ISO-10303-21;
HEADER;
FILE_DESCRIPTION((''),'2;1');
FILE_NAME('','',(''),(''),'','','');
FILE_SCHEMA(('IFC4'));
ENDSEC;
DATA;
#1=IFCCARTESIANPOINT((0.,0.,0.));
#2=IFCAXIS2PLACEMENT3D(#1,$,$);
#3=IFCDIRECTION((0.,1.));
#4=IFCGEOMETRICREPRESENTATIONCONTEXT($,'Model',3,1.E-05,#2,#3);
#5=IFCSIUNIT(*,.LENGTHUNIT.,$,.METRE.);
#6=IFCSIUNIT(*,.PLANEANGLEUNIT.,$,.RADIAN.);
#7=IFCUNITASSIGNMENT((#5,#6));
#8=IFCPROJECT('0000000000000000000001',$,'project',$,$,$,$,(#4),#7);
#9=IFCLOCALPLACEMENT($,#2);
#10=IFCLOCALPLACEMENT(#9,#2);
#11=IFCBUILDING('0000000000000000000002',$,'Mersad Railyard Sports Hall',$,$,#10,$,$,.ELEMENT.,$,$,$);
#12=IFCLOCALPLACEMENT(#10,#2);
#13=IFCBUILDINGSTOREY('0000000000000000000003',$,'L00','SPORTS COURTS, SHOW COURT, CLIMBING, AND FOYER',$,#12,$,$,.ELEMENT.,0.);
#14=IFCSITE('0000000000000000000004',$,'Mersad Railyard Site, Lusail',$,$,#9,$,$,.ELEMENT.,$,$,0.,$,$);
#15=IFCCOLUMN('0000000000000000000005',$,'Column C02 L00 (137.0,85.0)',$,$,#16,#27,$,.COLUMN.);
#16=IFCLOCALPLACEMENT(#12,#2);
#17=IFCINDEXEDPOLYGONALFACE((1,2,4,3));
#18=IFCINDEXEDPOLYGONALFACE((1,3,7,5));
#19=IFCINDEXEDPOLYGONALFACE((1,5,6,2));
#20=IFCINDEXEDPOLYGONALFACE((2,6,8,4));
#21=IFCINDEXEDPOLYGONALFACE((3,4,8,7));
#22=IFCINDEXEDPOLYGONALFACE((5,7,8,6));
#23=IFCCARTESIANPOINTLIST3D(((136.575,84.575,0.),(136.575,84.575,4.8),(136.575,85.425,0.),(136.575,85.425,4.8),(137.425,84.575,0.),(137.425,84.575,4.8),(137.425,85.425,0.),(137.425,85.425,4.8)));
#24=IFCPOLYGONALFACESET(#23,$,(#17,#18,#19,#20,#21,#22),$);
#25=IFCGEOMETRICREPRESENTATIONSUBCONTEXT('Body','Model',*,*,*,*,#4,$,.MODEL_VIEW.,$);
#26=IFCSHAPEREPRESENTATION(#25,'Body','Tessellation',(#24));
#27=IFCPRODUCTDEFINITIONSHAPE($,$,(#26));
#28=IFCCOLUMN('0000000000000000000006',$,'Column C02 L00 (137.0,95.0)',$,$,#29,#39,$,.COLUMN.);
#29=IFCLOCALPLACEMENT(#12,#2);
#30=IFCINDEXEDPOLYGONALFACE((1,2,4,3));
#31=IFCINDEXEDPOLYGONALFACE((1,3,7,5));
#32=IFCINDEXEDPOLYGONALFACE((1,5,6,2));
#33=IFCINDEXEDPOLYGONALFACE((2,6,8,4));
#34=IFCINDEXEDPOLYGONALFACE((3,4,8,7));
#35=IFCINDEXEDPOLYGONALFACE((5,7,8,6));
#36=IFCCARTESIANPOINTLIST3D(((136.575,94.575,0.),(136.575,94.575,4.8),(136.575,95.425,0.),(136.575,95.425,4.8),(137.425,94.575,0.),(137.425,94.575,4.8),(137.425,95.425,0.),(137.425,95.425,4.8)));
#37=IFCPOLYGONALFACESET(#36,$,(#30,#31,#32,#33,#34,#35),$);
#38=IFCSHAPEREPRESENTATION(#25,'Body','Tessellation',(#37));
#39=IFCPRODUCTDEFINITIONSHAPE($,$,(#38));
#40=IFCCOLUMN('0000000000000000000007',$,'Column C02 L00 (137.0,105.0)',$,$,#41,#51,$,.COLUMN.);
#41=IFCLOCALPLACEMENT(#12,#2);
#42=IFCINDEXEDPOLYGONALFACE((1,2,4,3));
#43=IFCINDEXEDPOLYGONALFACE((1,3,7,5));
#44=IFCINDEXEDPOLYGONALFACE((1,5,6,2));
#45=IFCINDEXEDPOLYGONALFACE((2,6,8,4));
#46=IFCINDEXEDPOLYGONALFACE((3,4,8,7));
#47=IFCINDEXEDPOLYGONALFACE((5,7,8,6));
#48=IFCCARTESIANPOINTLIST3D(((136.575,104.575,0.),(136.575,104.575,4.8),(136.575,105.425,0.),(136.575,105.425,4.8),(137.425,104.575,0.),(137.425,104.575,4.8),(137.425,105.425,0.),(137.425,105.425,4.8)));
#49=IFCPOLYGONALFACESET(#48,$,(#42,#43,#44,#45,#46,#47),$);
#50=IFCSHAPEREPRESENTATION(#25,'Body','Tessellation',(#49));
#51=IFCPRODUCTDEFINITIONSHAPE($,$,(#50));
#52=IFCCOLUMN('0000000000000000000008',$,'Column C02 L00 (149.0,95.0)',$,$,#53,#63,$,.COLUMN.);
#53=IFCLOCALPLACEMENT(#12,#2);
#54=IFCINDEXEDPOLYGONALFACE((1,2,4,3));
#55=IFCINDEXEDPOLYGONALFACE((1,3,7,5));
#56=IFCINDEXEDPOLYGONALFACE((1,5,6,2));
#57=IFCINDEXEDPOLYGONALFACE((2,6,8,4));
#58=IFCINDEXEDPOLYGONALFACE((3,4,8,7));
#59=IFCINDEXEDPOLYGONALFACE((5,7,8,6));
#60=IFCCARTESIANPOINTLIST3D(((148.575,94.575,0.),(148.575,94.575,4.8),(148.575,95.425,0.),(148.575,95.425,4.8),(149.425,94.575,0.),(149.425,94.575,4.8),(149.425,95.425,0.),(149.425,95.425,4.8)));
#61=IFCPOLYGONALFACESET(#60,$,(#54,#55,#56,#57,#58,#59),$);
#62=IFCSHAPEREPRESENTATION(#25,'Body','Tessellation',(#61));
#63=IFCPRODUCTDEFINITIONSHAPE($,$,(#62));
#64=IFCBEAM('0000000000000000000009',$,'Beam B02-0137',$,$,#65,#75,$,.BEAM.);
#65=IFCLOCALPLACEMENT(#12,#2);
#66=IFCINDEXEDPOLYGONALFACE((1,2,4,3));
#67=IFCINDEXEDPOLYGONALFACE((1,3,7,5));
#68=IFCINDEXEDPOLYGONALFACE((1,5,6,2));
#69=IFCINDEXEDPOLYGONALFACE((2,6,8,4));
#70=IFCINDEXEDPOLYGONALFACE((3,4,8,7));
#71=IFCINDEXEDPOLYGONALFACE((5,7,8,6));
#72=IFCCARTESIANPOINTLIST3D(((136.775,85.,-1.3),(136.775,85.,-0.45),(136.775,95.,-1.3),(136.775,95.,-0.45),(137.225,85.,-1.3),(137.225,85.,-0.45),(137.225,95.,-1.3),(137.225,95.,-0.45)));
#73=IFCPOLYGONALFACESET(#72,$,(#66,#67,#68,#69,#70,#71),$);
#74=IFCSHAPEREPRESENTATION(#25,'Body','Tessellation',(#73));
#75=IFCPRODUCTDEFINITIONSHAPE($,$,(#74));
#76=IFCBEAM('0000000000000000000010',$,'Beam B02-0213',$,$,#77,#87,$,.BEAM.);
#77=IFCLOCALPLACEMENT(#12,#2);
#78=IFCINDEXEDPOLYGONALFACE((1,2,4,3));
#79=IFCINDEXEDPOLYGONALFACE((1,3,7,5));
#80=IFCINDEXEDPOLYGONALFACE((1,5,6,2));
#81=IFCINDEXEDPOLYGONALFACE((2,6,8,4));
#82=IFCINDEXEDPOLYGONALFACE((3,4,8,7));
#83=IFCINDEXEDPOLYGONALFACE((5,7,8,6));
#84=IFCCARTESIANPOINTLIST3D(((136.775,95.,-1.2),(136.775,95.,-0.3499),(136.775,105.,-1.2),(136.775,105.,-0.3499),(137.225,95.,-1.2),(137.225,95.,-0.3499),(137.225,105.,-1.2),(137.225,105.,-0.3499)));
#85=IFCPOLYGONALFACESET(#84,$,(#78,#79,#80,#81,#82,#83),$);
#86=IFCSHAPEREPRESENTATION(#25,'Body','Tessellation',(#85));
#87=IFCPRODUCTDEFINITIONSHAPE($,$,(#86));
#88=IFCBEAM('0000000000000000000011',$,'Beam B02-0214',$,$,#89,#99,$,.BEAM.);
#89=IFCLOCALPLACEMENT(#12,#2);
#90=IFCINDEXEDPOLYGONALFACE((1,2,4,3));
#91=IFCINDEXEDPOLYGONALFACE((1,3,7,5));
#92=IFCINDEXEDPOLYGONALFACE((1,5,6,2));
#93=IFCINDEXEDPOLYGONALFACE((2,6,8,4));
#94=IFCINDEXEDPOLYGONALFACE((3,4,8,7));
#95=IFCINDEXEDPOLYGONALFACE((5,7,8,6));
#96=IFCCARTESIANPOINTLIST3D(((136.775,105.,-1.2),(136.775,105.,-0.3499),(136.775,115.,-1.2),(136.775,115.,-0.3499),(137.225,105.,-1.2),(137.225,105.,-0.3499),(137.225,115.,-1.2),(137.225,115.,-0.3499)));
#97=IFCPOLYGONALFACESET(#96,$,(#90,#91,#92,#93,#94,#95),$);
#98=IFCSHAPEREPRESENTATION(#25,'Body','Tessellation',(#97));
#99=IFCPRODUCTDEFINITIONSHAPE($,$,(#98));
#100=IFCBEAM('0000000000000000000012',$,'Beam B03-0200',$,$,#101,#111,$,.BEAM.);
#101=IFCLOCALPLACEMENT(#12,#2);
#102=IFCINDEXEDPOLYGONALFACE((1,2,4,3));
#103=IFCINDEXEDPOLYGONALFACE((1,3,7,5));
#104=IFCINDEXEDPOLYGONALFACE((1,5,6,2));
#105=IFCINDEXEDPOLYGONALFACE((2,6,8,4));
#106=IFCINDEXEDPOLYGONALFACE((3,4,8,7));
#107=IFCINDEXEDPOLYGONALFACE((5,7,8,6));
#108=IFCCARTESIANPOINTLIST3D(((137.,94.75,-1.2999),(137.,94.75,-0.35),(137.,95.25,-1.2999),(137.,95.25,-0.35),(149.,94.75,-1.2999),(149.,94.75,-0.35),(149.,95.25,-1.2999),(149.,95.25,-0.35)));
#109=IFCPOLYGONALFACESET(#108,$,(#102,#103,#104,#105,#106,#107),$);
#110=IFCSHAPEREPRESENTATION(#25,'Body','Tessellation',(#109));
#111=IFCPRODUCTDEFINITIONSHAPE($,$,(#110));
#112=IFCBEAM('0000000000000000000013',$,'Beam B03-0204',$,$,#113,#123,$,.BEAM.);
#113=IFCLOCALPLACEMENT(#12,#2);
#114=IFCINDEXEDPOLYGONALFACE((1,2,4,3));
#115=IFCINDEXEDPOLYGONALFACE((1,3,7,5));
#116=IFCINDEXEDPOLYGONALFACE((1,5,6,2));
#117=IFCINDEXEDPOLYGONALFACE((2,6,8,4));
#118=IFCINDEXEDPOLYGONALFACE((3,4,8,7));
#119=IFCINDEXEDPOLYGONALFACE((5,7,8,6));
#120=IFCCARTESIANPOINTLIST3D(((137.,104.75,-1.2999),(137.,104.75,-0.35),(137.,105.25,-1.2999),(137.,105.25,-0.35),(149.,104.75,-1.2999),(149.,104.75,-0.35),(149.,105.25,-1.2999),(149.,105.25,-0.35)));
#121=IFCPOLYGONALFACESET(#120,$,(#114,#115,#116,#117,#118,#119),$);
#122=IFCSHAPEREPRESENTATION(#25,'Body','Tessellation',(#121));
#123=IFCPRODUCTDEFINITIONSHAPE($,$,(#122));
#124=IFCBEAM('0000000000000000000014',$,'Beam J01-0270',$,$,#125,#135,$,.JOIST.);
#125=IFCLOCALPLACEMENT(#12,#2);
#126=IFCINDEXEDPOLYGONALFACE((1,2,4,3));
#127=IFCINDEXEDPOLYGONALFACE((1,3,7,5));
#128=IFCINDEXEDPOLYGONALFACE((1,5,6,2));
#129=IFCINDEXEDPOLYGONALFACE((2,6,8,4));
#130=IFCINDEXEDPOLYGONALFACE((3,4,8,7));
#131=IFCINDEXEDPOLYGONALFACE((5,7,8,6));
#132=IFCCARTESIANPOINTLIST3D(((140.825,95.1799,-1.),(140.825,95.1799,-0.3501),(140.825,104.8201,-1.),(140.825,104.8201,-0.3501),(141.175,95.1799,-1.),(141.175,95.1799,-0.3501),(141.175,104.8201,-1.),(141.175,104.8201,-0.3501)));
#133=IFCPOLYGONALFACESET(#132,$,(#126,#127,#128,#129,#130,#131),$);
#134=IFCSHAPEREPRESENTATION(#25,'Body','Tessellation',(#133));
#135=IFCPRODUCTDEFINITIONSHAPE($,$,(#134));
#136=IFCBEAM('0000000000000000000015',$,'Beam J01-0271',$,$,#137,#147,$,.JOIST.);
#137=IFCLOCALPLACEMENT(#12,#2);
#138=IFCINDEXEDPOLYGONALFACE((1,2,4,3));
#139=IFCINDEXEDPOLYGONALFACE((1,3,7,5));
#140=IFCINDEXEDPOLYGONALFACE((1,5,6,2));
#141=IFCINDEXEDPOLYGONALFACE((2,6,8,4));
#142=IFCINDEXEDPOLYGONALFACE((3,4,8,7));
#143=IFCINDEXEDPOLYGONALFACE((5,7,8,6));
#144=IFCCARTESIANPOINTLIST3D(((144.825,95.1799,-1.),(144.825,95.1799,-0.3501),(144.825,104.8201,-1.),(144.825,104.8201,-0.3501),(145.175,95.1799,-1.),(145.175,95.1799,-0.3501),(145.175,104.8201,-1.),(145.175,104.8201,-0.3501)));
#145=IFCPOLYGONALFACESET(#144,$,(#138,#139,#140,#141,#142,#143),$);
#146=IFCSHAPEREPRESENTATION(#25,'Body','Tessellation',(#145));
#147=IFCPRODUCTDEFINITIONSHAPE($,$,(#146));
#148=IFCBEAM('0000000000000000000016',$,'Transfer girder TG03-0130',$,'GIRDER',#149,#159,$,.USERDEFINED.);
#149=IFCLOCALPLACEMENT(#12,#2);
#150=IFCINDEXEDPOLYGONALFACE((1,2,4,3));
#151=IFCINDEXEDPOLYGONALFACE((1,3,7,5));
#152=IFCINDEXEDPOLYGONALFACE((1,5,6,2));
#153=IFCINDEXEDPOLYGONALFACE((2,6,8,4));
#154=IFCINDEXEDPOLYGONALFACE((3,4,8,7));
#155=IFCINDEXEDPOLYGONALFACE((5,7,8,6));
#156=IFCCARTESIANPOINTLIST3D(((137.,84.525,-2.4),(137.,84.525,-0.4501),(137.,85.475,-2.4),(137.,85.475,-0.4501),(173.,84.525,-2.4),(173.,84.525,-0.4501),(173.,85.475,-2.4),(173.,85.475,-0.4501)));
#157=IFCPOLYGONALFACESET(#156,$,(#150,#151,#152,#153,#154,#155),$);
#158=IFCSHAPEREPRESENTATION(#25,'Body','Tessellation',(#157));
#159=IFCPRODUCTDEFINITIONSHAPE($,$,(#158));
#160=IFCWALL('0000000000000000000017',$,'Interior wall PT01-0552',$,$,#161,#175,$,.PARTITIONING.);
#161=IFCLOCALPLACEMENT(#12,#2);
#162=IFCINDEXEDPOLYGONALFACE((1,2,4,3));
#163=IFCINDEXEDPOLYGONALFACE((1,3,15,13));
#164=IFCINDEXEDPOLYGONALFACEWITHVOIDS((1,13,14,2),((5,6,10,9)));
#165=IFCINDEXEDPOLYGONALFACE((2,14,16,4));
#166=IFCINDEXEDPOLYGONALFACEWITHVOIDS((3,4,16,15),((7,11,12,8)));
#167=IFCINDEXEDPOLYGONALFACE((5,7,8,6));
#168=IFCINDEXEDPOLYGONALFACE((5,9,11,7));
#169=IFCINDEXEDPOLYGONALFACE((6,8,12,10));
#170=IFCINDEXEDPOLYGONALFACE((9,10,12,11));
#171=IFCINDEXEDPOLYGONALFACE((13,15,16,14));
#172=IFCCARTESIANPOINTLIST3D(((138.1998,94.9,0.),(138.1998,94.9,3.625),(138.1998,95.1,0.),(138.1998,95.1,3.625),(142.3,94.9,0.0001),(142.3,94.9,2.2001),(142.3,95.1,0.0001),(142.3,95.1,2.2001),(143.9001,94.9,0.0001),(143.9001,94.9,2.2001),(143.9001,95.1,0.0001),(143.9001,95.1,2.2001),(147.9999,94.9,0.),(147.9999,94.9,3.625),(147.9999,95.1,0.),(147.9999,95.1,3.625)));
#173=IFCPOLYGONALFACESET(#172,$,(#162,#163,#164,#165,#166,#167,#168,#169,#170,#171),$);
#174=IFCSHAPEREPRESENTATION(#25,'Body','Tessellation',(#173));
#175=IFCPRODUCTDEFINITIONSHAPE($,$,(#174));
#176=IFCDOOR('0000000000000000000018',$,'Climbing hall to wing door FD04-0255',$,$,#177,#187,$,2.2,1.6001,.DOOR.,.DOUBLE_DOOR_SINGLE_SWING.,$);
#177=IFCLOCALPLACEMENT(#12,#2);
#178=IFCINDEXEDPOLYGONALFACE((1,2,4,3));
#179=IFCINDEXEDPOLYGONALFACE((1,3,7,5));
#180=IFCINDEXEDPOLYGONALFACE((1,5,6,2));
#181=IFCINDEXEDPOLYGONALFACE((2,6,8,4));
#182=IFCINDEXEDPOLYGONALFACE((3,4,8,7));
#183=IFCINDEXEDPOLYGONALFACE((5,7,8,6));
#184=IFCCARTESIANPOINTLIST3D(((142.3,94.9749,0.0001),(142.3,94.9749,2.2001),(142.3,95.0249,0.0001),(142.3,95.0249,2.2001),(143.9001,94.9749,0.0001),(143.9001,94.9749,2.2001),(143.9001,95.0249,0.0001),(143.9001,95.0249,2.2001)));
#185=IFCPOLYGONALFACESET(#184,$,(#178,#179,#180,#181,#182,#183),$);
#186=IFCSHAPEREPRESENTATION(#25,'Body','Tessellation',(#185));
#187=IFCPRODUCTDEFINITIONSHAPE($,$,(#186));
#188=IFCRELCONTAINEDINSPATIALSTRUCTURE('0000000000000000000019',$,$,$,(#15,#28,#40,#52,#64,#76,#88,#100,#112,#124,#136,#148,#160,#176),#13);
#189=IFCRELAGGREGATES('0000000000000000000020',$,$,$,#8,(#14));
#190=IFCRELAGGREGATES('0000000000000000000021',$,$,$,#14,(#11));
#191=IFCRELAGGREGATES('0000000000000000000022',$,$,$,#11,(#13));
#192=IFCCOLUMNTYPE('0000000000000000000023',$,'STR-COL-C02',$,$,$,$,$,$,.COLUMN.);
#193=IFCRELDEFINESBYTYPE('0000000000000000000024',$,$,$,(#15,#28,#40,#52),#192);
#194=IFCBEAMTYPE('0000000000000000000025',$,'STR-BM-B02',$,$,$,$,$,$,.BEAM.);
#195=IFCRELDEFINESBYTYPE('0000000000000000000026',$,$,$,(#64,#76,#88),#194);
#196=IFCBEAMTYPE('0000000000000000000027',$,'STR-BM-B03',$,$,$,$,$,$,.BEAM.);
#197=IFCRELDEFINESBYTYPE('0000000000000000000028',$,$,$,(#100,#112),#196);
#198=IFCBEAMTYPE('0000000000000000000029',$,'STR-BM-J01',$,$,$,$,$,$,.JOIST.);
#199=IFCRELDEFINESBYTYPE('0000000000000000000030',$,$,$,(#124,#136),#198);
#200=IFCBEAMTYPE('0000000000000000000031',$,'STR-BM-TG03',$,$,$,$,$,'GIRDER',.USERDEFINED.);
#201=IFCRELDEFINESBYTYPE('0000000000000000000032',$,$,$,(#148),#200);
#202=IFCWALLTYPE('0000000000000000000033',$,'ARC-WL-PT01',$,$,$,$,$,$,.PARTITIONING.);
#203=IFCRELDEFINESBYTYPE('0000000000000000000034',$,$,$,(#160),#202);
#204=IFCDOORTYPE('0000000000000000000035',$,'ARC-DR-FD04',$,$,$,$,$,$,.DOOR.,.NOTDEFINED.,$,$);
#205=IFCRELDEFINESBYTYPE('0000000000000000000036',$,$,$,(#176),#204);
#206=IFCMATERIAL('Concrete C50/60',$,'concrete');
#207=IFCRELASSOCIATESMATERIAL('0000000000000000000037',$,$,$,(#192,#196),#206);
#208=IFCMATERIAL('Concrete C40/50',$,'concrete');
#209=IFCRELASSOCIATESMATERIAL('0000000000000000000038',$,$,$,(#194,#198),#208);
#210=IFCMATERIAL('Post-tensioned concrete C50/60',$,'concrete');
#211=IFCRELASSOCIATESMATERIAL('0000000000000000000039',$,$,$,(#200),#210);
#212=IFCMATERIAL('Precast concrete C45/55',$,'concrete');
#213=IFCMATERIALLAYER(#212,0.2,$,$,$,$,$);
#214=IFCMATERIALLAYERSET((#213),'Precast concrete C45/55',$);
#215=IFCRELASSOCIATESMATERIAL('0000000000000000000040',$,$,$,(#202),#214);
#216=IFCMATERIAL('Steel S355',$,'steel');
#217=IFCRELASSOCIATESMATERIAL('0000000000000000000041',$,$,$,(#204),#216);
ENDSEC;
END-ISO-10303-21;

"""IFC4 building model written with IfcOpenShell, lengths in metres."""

from ifc_helpers import new_model, si_unit, direction, frame, frame_2d, origin, origin_2d, place, context, subcontext, project, spatial, rectangle, extrude, material, layer, layer_set, material_profile, profile_set, type_object, element, fill, save


model = new_model("IFC4")

# Units and contexts
model_context = context("Model", 3, precision=1e-05, world=origin(), true_north=direction((0.0, 1.0)))
body_context = subcontext(model_context, "Body", "Model", "MODEL_VIEW")
ifc_project = project(units=[si_unit("LENGTHUNIT", "METRE"), si_unit("PLANEANGLEUNIT", "RADIAN")], contexts=[model_context])

# Site, building, storey
site_placement = place(None, origin())
site = spatial("IfcSite", under=ifc_project, at=site_placement, Name="Mersad Railyard Site, Lusail", CompositionType="ELEMENT", RefElevation=0.0)
building_placement = place(site_placement, origin())
building = spatial("IfcBuilding", under=site, at=building_placement, Name="Mersad Railyard Sports Hall", CompositionType="ELEMENT")
storey_placement = place(building_placement, origin())
storey = spatial("IfcBuildingStorey", under=building, at=storey_placement, Name="L00", Description="SPORTS COURTS, SHOW COURT, CLIMBING, AND FOYER", CompositionType="ELEMENT", Elevation=0.0)

# Columns
ifc_material_1 = material(Name="Concrete C50/60", Category="concrete")
ifc_material_profile_1 = material_profile(ifc_material_1, rectangle(XDim=0.8501, YDim=0.8501, at=origin_2d()), Name="RC 850x850")
ifc_profile_set_1 = profile_set([ifc_material_profile_1], Name="Concrete C50/60")
column_type = type_object("IfcColumnType", Name="STR-COL-C02", PredefinedType="COLUMN", material=ifc_profile_set_1)
for number, where, z_axis, x_axis, name in (
    (1, (137.0, 85.0, 0.0), (0.0, 0.0, 1.0), (1.0, 0.0, 0.0), "Column C02 L00 (137.0,85.0)"),
    (2, (137.0, 95.0, 0.0), (0.0, 0.0, 1.0), (1.0, 0.0, 0.0), "Column C02 L00 (137.0,95.0)"),
    (3, (137.0, 105.0, 0.0), (0.0, 0.0, 1.0), (1.0, 0.0, 0.0), "Column C02 L00 (137.0,105.0)"),
    (4, (149.0, 95.0, 0.0), (0.0, 0.0, 1.0), (1.0, 0.0, 0.0), "Column C02 L00 (149.0,95.0)"),
):
    element("IfcColumn", number, at=place(storey_placement, frame(where, z_axis=z_axis, x_axis=x_axis)), inside=storey, type_object=column_type, Name=name, PredefinedType="COLUMN", context=body_context, shape_type="SweptSolid", body=[
        extrude(rectangle(XDim=0.8501, YDim=0.8501, at=origin_2d()), origin(), (0.0, 0.0, 1.0), 4.8),
    ])

# Beams
ifc_material_2 = material(Name="Concrete C40/50", Category="concrete")
ifc_material_profile_2 = material_profile(ifc_material_2, rectangle(XDim=0.45, YDim=0.8501, at=origin_2d()), Name="RC 450x850")
ifc_profile_set_2 = profile_set([ifc_material_profile_2], Name="Concrete C40/50")
beam_type_1 = type_object("IfcBeamType", Name="STR-BM-B02", PredefinedType="BEAM", material=ifc_profile_set_2)
for number, where, z_axis, x_axis, name in (
    (5, (137.0, 85.0, -0.875), (0.0, 1.0, 0.0), (-1.0, 0.0, 0.0), "Beam B02-0137"),
    (6, (137.0, 95.0, -0.7749), (0.0, 1.0, 0.0), (-1.0, 0.0, 0.0), "Beam B02-0213"),
    (7, (137.0, 105.0, -0.7749), (0.0, 1.0, 0.0), (-1.0, 0.0, 0.0), "Beam B02-0214"),
):
    element("IfcBeam", number, at=place(storey_placement, frame(where, z_axis=z_axis, x_axis=x_axis)), inside=storey, type_object=beam_type_1, Name=name, PredefinedType="BEAM", context=body_context, shape_type="SweptSolid", body=[
        extrude(rectangle(XDim=0.45, YDim=0.8501, at=origin_2d()), origin(), (0.0, 0.0, 1.0), 10.0),
    ])
ifc_material_profile_3 = material_profile(ifc_material_1, rectangle(XDim=0.5, YDim=0.95, at=origin_2d()), Name="RC 500x950")
ifc_profile_set_3 = profile_set([ifc_material_profile_3], Name="Concrete C50/60")
beam_type_2 = type_object("IfcBeamType", Name="STR-BM-B03", PredefinedType="BEAM", material=ifc_profile_set_3)
for number, where, z_axis, x_axis, name in (
    (8, (137.0, 95.0, -0.825), (1.0, 0.0, 0.0), (0.0, 1.0, 0.0), "Beam B03-0200"),
    (9, (137.0, 105.0, -0.825), (1.0, 0.0, 0.0), (0.0, 1.0, 0.0), "Beam B03-0204"),
):
    element("IfcBeam", number, at=place(storey_placement, frame(where, z_axis=z_axis, x_axis=x_axis)), inside=storey, type_object=beam_type_2, Name=name, PredefinedType="BEAM", context=body_context, shape_type="SweptSolid", body=[
        extrude(rectangle(XDim=0.5, YDim=0.95, at=origin_2d()), origin(), (0.0, 0.0, 1.0), 12.0),
    ])
ifc_material_profile_4 = material_profile(ifc_material_2, rectangle(XDim=0.3501, YDim=0.6499, at=origin_2d()), Name="RC 350x650")
ifc_profile_set_4 = profile_set([ifc_material_profile_4], Name="Concrete C40/50")
beam_type_3 = type_object("IfcBeamType", Name="STR-BM-J01", PredefinedType="JOIST", material=ifc_profile_set_4)
for number, where, z_axis, x_axis, name in (
    (10, (141.0, 95.1799, -0.675), (0.0, 1.0, 0.0), (-1.0, 0.0, 0.0), "Beam J01-0270"),
    (11, (145.0, 95.1799, -0.675), (0.0, 1.0, 0.0), (-1.0, 0.0, 0.0), "Beam J01-0271"),
):
    element("IfcBeam", number, at=place(storey_placement, frame(where, z_axis=z_axis, x_axis=x_axis)), inside=storey, type_object=beam_type_3, Name=name, PredefinedType="JOIST", context=body_context, shape_type="SweptSolid", body=[
        extrude(rectangle(XDim=0.3501, YDim=0.6499, at=origin_2d()), origin(), (0.0, 0.0, 1.0), 9.6401),
    ])
ifc_material_3 = material(Name="Post-tensioned concrete C50/60", Category="concrete")
ifc_material_profile_5 = material_profile(ifc_material_3, rectangle(XDim=0.95, YDim=1.95, at=origin_2d()), Name="PT 950x1950")
ifc_profile_set_5 = profile_set([ifc_material_profile_5], Name="Post-tensioned concrete C50/60")
beam_type_4 = type_object("IfcBeamType", Name="STR-BM-TG03", ElementType="GIRDER", PredefinedType="USERDEFINED", material=ifc_profile_set_5)
beam_placement = place(storey_placement, frame((137.0, 85.0, -1.425), z_axis=(1.0, 0.0, 0.0), x_axis=(0.0, 1.0, 0.0)))
element("IfcBeam", 12, at=beam_placement, inside=storey, type_object=beam_type_4, Name="Transfer girder TG03-0130", ObjectType="GIRDER", PredefinedType="USERDEFINED", context=body_context, shape_type="SweptSolid", body=[
    extrude(rectangle(XDim=0.95, YDim=1.95, at=origin_2d()), origin(), (0.0, 0.0, 1.0), 36.0),
])

# Wall, opening, door
ifc_material_4 = material(Name="Precast concrete C45/55", Category="concrete")
ifc_layer_1 = layer(ifc_material_4, 0.2)
ifc_layer_set_1 = layer_set([ifc_layer_1], Name="Precast concrete C45/55")
wall_type_1 = type_object("IfcWallType", Name="ARC-WL-PT01", PredefinedType="PARTITIONING", material=ifc_layer_set_1)
wall_1_placement = place(storey_placement, frame((138.2, 95.0, 0.0), z_axis=(0.0, 0.0, 1.0), x_axis=(1.0, 0.0, 0.0)))
wall_1 = element("IfcWall", 13, at=wall_1_placement, inside=storey, type_object=wall_type_1, Name="Interior wall PT01-0552", PredefinedType="PARTITIONING", context=body_context, shape_type="SweptSolid", body=[
    extrude(rectangle(XDim=9.8, YDim=0.2, at=frame_2d((4.8999, 0.0))), origin(), (0.0, 0.0, 1.0), 3.625),
])
opening_1_placement = place(wall_1_placement, frame((4.1001, 0.0, 0.0)))
opening_1 = element("IfcOpeningElement", 14, at=opening_1_placement, cuts=wall_1, PredefinedType="OPENING", context=body_context, shape_type="SweptSolid", body=[
    extrude(rectangle(XDim=1.6001, YDim=2.2, at=frame_2d((0.8, 1.1001))), frame((0.0, 0.1099, 0.0), z_axis=(0.0, -1.0, 0.0), x_axis=(1.0, 0.0, 0.0)), (0.0, 0.0, 1.0), 0.22),
])
ifc_material_5 = material(Name="Steel S355", Category="steel")
door_type = type_object("IfcDoorType", Name="ARC-DR-FD04", OperationType="NOTDEFINED", PredefinedType="DOOR", material=ifc_material_5)
door_1_placement = place(opening_1_placement, origin())
door_1 = element("IfcDoor", 15, at=door_1_placement, inside=storey, type_object=door_type, Name="Climbing hall to wing door FD04-0255", OperationType="DOUBLE_DOOR_SINGLE_SWING", OverallHeight=2.2, OverallWidth=1.6001, PredefinedType="DOOR", context=body_context, shape_type="SweptSolid", body=[
    extrude(rectangle(XDim=1.6001, YDim=2.2, at=frame_2d((0.8, 1.1001))), frame((0.0, 0.0249, 0.0), z_axis=(0.0, -1.0, 0.0), x_axis=(1.0, 0.0, 0.0)), (0.0, 0.0, 1.0), 0.05),
])
fill(opening_1, door_1)

save(model, "model.ifc")
